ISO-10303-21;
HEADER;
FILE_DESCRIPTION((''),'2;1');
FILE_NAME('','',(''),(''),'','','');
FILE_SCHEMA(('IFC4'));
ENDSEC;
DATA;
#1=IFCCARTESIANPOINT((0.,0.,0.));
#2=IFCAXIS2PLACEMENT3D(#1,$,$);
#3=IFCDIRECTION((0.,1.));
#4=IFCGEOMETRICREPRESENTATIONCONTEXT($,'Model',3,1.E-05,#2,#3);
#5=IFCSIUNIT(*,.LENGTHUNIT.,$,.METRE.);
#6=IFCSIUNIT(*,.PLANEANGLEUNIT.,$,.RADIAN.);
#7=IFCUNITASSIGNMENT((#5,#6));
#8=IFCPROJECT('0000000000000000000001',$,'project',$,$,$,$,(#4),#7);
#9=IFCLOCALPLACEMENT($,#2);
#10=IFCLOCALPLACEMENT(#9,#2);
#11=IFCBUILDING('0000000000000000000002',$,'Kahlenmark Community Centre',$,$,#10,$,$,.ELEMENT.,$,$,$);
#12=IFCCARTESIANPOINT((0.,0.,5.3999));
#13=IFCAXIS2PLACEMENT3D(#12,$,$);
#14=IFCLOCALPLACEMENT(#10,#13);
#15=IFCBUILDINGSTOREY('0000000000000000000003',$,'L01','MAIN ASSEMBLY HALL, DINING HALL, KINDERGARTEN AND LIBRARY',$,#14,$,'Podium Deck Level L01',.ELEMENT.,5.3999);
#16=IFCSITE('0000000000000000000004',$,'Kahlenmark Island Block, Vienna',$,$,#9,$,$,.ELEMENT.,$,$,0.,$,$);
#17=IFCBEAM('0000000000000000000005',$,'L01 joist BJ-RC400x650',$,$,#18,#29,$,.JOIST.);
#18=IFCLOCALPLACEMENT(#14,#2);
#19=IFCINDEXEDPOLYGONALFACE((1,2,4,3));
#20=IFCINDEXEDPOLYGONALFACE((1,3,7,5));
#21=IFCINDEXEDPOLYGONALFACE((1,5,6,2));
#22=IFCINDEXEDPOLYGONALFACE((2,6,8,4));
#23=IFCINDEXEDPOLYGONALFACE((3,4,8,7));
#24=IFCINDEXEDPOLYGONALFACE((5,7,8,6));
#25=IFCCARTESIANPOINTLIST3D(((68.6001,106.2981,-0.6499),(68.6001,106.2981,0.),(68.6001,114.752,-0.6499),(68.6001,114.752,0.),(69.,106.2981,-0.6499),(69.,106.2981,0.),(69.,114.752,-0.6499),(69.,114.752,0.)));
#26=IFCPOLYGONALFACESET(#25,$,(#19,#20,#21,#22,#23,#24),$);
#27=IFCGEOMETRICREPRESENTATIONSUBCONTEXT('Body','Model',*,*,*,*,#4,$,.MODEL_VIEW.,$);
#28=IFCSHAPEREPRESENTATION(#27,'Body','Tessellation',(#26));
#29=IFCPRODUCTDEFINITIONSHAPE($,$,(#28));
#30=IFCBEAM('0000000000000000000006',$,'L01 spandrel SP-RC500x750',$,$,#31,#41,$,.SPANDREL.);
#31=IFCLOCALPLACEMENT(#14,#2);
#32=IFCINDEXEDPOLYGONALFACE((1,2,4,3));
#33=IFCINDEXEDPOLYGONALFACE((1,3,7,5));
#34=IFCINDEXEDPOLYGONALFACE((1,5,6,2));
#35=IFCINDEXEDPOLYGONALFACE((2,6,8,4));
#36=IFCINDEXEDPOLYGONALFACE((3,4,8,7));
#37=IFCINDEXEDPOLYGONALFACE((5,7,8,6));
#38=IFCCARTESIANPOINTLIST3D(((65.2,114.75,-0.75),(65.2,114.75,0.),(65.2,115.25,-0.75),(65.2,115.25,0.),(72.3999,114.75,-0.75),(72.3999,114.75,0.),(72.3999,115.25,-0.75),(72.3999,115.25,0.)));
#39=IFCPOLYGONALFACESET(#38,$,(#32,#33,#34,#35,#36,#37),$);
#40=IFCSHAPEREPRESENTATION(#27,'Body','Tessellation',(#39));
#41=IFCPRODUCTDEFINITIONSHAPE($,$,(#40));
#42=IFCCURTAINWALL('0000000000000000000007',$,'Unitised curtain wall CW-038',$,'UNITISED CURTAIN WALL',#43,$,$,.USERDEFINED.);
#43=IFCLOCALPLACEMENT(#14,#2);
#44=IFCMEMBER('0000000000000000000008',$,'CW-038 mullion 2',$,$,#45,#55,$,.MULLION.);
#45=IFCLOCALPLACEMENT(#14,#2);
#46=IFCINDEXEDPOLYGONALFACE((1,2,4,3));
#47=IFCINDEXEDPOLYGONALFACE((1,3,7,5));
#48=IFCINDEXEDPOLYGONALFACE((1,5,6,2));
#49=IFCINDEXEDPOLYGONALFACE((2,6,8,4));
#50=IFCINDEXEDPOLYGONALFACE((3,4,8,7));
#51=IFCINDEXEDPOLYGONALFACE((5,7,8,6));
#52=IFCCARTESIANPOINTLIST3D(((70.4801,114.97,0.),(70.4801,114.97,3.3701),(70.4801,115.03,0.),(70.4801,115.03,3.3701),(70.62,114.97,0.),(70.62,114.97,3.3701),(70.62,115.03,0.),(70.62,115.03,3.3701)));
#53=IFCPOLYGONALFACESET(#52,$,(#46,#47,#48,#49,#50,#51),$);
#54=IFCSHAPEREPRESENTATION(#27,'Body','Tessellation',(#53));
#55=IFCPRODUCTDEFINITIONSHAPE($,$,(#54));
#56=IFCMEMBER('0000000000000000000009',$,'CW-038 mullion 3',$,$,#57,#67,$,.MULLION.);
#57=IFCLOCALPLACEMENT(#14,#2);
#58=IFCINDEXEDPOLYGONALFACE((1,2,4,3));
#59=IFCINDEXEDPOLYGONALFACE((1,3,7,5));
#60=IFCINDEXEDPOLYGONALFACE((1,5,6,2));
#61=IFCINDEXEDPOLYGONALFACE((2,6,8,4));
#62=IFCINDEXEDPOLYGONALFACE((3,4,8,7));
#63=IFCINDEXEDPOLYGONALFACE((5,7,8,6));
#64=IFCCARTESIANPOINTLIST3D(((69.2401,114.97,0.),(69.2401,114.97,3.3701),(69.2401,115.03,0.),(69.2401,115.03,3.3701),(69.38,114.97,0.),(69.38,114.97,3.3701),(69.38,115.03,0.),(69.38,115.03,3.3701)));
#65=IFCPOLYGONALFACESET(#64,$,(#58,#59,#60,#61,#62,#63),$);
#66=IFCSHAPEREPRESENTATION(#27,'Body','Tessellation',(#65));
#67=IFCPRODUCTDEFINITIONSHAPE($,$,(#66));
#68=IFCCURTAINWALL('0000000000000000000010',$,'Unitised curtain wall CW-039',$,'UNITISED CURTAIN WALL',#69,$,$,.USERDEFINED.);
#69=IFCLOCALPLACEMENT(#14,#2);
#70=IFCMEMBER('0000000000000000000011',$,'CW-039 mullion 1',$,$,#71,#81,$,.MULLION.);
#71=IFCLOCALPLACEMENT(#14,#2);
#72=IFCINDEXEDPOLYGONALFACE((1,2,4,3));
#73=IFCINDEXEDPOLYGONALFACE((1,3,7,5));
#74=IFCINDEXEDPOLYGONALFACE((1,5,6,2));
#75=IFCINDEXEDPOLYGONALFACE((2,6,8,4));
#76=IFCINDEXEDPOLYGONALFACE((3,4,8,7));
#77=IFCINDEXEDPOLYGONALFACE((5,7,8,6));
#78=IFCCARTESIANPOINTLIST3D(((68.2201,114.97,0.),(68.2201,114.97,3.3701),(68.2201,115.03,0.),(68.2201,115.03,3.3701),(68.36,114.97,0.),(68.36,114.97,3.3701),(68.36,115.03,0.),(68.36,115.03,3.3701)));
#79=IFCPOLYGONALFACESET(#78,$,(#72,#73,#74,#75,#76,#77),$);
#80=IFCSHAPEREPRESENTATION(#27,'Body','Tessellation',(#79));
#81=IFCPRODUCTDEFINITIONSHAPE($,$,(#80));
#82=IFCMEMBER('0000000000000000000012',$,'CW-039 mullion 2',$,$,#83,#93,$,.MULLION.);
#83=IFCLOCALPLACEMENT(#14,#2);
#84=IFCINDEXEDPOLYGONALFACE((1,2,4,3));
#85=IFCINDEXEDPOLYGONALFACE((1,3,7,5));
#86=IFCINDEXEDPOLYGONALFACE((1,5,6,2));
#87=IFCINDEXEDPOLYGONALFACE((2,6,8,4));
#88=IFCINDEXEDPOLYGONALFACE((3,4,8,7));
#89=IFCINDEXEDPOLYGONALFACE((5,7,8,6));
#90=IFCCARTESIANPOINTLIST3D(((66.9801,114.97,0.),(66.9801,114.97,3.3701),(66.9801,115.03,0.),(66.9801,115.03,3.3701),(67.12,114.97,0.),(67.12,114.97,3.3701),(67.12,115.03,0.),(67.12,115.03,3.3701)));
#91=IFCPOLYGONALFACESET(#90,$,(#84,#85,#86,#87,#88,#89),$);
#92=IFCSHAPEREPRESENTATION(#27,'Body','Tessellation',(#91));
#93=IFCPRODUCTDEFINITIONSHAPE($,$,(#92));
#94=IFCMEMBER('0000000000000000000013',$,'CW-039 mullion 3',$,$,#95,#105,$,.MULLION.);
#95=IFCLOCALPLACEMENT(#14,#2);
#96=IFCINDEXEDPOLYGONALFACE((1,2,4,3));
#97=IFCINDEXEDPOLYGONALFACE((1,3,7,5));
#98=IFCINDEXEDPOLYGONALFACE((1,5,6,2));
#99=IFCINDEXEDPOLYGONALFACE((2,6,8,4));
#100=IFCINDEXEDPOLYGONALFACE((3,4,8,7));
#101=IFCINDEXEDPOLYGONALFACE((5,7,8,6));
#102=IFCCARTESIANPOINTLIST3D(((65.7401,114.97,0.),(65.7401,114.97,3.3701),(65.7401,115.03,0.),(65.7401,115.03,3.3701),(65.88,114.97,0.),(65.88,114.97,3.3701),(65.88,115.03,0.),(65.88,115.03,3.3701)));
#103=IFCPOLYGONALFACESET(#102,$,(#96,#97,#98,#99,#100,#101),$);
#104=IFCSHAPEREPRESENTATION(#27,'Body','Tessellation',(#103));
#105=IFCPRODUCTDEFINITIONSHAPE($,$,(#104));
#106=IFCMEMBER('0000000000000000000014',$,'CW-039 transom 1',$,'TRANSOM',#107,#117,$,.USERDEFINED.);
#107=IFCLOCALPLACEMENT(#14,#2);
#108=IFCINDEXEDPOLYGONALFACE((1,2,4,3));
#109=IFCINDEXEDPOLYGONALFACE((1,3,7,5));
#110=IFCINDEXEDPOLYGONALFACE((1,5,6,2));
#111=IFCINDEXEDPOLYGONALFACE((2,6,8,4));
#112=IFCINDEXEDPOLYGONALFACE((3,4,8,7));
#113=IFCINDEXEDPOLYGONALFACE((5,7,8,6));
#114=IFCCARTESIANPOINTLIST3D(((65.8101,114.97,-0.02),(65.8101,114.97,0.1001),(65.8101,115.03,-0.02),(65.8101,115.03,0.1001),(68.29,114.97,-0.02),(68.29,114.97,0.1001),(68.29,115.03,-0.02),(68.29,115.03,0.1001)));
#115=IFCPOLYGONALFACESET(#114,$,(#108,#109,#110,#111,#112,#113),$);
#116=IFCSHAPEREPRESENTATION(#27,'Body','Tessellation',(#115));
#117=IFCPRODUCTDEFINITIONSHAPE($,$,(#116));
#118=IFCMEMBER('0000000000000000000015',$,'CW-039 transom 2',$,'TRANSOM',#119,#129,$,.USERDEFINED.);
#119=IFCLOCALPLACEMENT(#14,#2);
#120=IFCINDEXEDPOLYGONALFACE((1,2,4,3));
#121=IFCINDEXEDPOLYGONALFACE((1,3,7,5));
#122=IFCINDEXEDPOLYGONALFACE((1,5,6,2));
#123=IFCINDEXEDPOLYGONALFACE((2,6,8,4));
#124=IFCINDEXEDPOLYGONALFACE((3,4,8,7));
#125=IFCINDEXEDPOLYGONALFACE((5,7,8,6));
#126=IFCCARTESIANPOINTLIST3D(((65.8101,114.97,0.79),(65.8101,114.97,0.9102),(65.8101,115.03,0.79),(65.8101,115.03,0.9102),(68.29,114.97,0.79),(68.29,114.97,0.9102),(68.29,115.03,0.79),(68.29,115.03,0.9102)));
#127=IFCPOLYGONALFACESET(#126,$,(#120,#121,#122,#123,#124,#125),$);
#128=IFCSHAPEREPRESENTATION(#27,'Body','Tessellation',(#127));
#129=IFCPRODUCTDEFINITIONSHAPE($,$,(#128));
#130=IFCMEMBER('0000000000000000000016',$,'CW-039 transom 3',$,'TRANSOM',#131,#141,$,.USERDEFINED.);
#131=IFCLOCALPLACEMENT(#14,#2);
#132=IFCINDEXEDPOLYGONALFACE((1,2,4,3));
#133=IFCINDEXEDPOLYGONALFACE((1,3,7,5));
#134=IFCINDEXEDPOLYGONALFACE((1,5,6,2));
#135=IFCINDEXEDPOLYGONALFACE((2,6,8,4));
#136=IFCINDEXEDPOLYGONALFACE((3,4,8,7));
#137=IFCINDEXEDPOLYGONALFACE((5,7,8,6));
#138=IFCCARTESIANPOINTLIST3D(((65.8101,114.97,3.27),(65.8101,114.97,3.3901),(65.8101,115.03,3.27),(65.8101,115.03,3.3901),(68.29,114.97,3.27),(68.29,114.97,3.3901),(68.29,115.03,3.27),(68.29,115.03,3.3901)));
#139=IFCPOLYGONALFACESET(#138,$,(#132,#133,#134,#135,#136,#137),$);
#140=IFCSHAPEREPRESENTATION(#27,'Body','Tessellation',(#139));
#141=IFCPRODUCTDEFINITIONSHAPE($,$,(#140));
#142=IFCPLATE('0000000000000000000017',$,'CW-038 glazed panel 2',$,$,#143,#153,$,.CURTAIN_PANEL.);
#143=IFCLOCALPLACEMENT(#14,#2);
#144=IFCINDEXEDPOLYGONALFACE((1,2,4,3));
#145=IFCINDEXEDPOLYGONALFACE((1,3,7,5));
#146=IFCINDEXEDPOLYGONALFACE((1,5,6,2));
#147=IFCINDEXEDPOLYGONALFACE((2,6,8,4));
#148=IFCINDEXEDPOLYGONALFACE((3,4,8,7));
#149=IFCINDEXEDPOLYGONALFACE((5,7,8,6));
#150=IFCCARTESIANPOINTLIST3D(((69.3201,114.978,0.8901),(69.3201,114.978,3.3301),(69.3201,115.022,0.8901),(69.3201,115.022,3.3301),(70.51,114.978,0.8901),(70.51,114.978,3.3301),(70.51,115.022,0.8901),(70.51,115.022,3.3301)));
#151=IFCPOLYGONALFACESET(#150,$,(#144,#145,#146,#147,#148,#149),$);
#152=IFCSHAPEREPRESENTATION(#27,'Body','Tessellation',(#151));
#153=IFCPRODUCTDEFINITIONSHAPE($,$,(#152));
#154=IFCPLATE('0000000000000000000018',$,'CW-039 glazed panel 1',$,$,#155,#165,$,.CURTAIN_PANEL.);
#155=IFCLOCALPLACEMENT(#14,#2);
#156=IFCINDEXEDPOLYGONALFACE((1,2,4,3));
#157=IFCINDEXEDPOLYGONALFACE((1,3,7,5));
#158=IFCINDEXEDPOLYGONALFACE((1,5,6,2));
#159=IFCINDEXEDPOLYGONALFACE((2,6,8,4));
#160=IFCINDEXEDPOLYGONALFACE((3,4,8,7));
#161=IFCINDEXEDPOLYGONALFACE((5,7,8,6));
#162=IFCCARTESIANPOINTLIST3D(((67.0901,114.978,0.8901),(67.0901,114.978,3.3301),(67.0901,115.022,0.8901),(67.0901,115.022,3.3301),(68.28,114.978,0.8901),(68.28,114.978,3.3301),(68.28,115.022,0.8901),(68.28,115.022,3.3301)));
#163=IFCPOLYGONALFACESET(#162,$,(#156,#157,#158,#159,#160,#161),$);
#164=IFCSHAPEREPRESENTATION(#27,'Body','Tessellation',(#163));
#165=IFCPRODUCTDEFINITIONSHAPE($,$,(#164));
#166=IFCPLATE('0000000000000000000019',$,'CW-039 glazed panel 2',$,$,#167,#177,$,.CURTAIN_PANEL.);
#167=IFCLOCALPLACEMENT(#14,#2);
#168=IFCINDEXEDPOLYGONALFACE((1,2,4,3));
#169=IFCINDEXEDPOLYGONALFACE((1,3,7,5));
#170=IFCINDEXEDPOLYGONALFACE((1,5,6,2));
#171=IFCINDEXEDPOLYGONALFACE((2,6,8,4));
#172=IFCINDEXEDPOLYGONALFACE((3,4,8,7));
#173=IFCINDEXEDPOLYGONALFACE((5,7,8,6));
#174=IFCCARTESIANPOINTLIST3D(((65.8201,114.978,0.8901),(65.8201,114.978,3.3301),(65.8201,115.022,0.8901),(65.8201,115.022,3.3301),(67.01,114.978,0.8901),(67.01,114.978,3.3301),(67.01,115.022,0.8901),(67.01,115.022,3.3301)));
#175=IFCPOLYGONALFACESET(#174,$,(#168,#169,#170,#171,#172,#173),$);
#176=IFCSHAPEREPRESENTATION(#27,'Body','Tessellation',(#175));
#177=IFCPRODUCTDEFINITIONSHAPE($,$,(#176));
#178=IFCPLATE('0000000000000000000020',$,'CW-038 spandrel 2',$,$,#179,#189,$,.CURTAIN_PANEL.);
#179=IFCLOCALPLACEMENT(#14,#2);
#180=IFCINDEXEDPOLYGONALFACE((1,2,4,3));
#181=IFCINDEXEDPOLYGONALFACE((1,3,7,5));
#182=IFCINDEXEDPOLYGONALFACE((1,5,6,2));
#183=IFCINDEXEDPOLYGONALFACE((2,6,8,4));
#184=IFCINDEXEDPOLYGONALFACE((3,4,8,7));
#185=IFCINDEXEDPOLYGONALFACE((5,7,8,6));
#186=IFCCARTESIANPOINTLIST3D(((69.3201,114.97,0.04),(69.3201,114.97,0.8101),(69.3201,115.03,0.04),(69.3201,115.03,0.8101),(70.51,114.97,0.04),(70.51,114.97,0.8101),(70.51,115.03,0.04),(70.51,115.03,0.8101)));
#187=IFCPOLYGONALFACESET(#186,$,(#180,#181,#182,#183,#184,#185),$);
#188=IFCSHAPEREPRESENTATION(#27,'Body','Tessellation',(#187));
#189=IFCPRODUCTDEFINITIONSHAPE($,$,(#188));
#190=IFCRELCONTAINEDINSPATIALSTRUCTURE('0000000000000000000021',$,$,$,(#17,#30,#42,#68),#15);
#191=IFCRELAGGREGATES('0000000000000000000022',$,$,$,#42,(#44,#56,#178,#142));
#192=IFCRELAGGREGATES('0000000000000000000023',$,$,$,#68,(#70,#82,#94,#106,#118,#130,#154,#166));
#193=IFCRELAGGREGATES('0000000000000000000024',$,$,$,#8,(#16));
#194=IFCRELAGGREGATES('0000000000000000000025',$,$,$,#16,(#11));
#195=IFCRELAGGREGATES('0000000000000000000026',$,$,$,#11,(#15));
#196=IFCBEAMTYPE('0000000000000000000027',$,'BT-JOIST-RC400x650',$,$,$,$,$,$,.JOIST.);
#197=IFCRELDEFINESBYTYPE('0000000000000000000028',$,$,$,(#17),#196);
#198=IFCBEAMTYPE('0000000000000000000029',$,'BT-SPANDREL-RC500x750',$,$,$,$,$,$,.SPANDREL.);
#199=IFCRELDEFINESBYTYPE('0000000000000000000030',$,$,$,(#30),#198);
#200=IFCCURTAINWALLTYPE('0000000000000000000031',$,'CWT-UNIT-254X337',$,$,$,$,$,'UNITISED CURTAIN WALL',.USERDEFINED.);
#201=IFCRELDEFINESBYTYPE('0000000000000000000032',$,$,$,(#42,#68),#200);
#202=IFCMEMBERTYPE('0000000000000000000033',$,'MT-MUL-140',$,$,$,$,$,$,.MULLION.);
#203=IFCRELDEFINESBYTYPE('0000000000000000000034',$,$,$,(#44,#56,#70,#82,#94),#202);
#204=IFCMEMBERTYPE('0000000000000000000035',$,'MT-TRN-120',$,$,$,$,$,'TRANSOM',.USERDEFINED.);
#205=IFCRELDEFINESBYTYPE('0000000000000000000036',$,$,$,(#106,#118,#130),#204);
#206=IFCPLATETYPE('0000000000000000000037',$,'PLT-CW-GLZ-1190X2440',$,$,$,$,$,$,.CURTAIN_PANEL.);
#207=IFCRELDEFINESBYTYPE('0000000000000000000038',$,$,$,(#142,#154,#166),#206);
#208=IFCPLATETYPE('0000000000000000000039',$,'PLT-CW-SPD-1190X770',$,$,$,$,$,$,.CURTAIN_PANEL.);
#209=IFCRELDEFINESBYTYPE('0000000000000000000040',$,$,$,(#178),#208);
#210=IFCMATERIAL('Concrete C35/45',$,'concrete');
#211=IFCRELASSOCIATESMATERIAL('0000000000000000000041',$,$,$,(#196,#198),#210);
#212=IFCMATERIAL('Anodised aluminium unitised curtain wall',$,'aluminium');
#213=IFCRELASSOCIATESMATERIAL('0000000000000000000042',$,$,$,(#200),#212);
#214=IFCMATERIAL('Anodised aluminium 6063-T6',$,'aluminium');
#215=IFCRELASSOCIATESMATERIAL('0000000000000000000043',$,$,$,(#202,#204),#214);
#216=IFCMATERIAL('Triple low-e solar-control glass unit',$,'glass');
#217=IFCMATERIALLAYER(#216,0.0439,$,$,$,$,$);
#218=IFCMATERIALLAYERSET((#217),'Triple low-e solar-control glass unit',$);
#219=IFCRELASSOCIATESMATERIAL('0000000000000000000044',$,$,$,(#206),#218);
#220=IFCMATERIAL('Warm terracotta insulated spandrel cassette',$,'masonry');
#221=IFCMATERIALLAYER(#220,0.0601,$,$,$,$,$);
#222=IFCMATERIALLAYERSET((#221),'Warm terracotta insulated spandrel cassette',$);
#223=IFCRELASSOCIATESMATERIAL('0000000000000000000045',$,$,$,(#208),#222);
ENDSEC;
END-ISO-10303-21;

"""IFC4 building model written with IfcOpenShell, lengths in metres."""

from ifc_helpers import new_model, si_unit, direction, frame, origin, origin_2d, place, context, subcontext, project, spatial, rectangle, extrude, material, layer, layer_set, material_profile, profile_set, type_object, element, aggregate, save


model = new_model("IFC4")

# Units and contexts
model_context = context("Model", 3, precision=1e-05, world=origin(), true_north=direction((0.0, 1.0)))
body_context = subcontext(model_context, "Body", "Model", "MODEL_VIEW")
ifc_project = project(units=[si_unit("LENGTHUNIT", "METRE"), si_unit("PLANEANGLEUNIT", "RADIAN")], contexts=[model_context])

# Site, building, storey
site_placement = place(None, origin())
site = spatial("IfcSite", under=ifc_project, at=site_placement, Name="Kahlenmark Island Block, Vienna", CompositionType="ELEMENT", RefElevation=0.0)
building_placement = place(site_placement, origin())
building = spatial("IfcBuilding", under=site, at=building_placement, Name="Kahlenmark Community Centre", CompositionType="ELEMENT")
storey_placement = place(building_placement, frame((0.0, 0.0, 5.3999)))
storey = spatial("IfcBuildingStorey", under=building, at=storey_placement, Name="L01", Description="MAIN ASSEMBLY HALL, DINING HALL, KINDERGARTEN AND LIBRARY", LongName="Podium Deck Level L01", CompositionType="ELEMENT", Elevation=5.3999)

# Beams
ifc_material_1 = material(Name="Concrete C35/45", Category="concrete")
ifc_material_profile_1 = material_profile(ifc_material_1, rectangle(XDim=0.3999, YDim=0.6499, at=origin_2d()), Name="RC 400x650")
ifc_profile_set_1 = profile_set([ifc_material_profile_1], Name="Concrete C35/45")
beam_type_1 = type_object("IfcBeamType", Name="BT-JOIST-RC400x650", PredefinedType="JOIST", material=ifc_profile_set_1)
beam_1_placement = place(storey_placement, frame((68.8, 106.2981, -0.325), z_axis=(0.0, 1.0, 0.0), x_axis=(-1.0, 0.0, 0.0)))
element("IfcBeam", 1, at=beam_1_placement, inside=storey, type_object=beam_type_1, Name="L01 joist BJ-RC400x650", PredefinedType="JOIST", context=body_context, shape_type="SweptSolid", body=[
    extrude(rectangle(XDim=0.3999, YDim=0.6499, at=origin_2d()), origin(), (0.0, 0.0, 1.0), 8.4539),
])
ifc_material_profile_2 = material_profile(ifc_material_1, rectangle(XDim=0.5, YDim=0.75, at=origin_2d()), Name="RC 500x750")
ifc_profile_set_2 = profile_set([ifc_material_profile_2], Name="Concrete C35/45")
beam_type_2 = type_object("IfcBeamType", Name="BT-SPANDREL-RC500x750", PredefinedType="SPANDREL", material=ifc_profile_set_2)
beam_2_placement = place(storey_placement, frame((65.2, 115.0, -0.375), z_axis=(1.0, 0.0, 0.0), x_axis=(0.0, 1.0, 0.0)))
element("IfcBeam", 2, at=beam_2_placement, inside=storey, type_object=beam_type_2, Name="L01 spandrel SP-RC500x750", PredefinedType="SPANDREL", context=body_context, shape_type="SweptSolid", body=[
    extrude(rectangle(XDim=0.5, YDim=0.75, at=origin_2d()), origin(), (0.0, 0.0, 1.0), 7.2),
])

# Curtain walls, members
ifc_material_2 = material(Name="Anodised aluminium unitised curtain wall", Category="aluminium")
curtain_wall_type = type_object("IfcCurtainWallType", Name="CWT-UNIT-254X337", ElementType="UNITISED CURTAIN WALL", PredefinedType="USERDEFINED", material=ifc_material_2)
curtain_wall_1_placement = place(storey_placement, origin())
curtain_wall_1 = element("IfcCurtainWall", 3, at=curtain_wall_1_placement, inside=storey, type_object=curtain_wall_type, Name="Unitised curtain wall CW-038", ObjectType="UNITISED CURTAIN WALL", PredefinedType="USERDEFINED")
ifc_material_3 = material(Name="Anodised aluminium 6063-T6", Category="aluminium")
ifc_material_profile_3 = material_profile(ifc_material_3, rectangle(XDim=0.0601, YDim=0.1399, at=origin_2d()), Name="ALU MULLION 60x140")
ifc_profile_set_3 = profile_set([ifc_material_profile_3], Name="Anodised aluminium 6063-T6")
member_type_1 = type_object("IfcMemberType", Name="MT-MUL-140", PredefinedType="MULLION", material=ifc_profile_set_3)
member_1_placement = place(storey_placement, frame((70.55, 115.0, 0.0), z_axis=(0.0, 0.0, 1.0), x_axis=(0.0, -1.0, 0.0)))
member_1 = element("IfcMember", 4, at=member_1_placement, type_object=member_type_1, Name="CW-038 mullion 2", PredefinedType="MULLION", context=body_context, shape_type="SweptSolid", body=[
    extrude(rectangle(XDim=0.0601, YDim=0.1399, at=origin_2d()), origin(), (0.0, 0.0, 1.0), 3.3701),
])
member_2_placement = place(storey_placement, frame((69.3101, 115.0, 0.0), z_axis=(0.0, 0.0, 1.0), x_axis=(0.0, -1.0, 0.0)))
member_2 = element("IfcMember", 5, at=member_2_placement, type_object=member_type_1, Name="CW-038 mullion 3", PredefinedType="MULLION", context=body_context, shape_type="SweptSolid", body=[
    extrude(rectangle(XDim=0.0601, YDim=0.1399, at=origin_2d()), origin(), (0.0, 0.0, 1.0), 3.3701),
])
curtain_wall_2_placement = place(storey_placement, origin())
curtain_wall_2 = element("IfcCurtainWall", 6, at=curtain_wall_2_placement, inside=storey, type_object=curtain_wall_type, Name="Unitised curtain wall CW-039", ObjectType="UNITISED CURTAIN WALL", PredefinedType="USERDEFINED")
member_3_placement = place(storey_placement, frame((68.29, 115.0, 0.0), z_axis=(0.0, 0.0, 1.0), x_axis=(0.0, -1.0, 0.0)))
member_3 = element("IfcMember", 7, at=member_3_placement, type_object=member_type_1, Name="CW-039 mullion 1", PredefinedType="MULLION", context=body_context, shape_type="SweptSolid", body=[
    extrude(rectangle(XDim=0.0601, YDim=0.1399, at=origin_2d()), origin(), (0.0, 0.0, 1.0), 3.3701),
])
member_4_placement = place(storey_placement, frame((67.05, 115.0, 0.0), z_axis=(0.0, 0.0, 1.0), x_axis=(0.0, -1.0, 0.0)))
member_4 = element("IfcMember", 8, at=member_4_placement, type_object=member_type_1, Name="CW-039 mullion 2", PredefinedType="MULLION", context=body_context, shape_type="SweptSolid", body=[
    extrude(rectangle(XDim=0.0601, YDim=0.1399, at=origin_2d()), origin(), (0.0, 0.0, 1.0), 3.3701),
])
member_5_placement = place(storey_placement, frame((65.8101, 115.0, 0.0), z_axis=(0.0, 0.0, 1.0), x_axis=(0.0, -1.0, 0.0)))
member_5 = element("IfcMember", 9, at=member_5_placement, type_object=member_type_1, Name="CW-039 mullion 3", PredefinedType="MULLION", context=body_context, shape_type="SweptSolid", body=[
    extrude(rectangle(XDim=0.0601, YDim=0.1399, at=origin_2d()), origin(), (0.0, 0.0, 1.0), 3.3701),
])
ifc_material_profile_4 = material_profile(ifc_material_3, rectangle(XDim=0.0601, YDim=0.1201, at=origin_2d()), Name="ALU TRANSOM 60x120")
ifc_profile_set_4 = profile_set([ifc_material_profile_4], Name="Anodised aluminium 6063-T6")
member_type_2 = type_object("IfcMemberType", Name="MT-TRN-120", ElementType="TRANSOM", PredefinedType="USERDEFINED", material=ifc_profile_set_4)
member_6_placement = place(storey_placement, frame((68.29, 115.0, 0.04), z_axis=(-1.0, 0.0, 0.0), x_axis=(0.0, -1.0, 0.0)))
member_6 = element("IfcMember", 10, at=member_6_placement, type_object=member_type_2, Name="CW-039 transom 1", ObjectType="TRANSOM", PredefinedType="USERDEFINED", context=body_context, shape_type="SweptSolid", body=[
    extrude(rectangle(XDim=0.0601, YDim=0.1201, at=origin_2d()), origin(), (0.0, 0.0, 1.0), 2.48),
])
member_7_placement = place(storey_placement, frame((68.29, 115.0, 0.8501), z_axis=(-1.0, 0.0, 0.0), x_axis=(0.0, -1.0, 0.0)))
member_7 = element("IfcMember", 11, at=member_7_placement, type_object=member_type_2, Name="CW-039 transom 2", ObjectType="TRANSOM", PredefinedType="USERDEFINED", context=body_context, shape_type="SweptSolid", body=[
    extrude(rectangle(XDim=0.0601, YDim=0.1201, at=origin_2d()), origin(), (0.0, 0.0, 1.0), 2.48),
])
member_8_placement = place(storey_placement, frame((68.29, 115.0, 3.3301), z_axis=(-1.0, 0.0, 0.0), x_axis=(0.0, -1.0, 0.0)))
member_8 = element("IfcMember", 12, at=member_8_placement, type_object=member_type_2, Name="CW-039 transom 3", ObjectType="TRANSOM", PredefinedType="USERDEFINED", context=body_context, shape_type="SweptSolid", body=[
    extrude(rectangle(XDim=0.0601, YDim=0.1201, at=origin_2d()), origin(), (0.0, 0.0, 1.0), 2.48),
])

# Plates
ifc_material_4 = material(Name="Triple low-e solar-control glass unit", Category="glass")
ifc_layer_1 = layer(ifc_material_4, 0.0439)
ifc_layer_set_1 = layer_set([ifc_layer_1], Name="Triple low-e solar-control glass unit")
plate_type_1 = type_object("IfcPlateType", Name="PLT-CW-GLZ-1190X2440", PredefinedType="CURTAIN_PANEL", material=ifc_layer_set_1)
plate_1_placement = place(storey_placement, frame((69.915, 115.0, 0.8901), z_axis=(0.0, 0.0, 1.0), x_axis=(-1.0, 0.0, 0.0)))
plate_1 = element("IfcPlate", 13, at=plate_1_placement, type_object=plate_type_1, Name="CW-038 glazed panel 2", PredefinedType="CURTAIN_PANEL", context=body_context, shape_type="SweptSolid", body=[
    extrude(rectangle(XDim=1.1899, YDim=0.0439, at=origin_2d()), origin(), (0.0, 0.0, 1.0), 2.4399),
])
plate_2_placement = place(storey_placement, frame((67.6851, 115.0, 0.8901), z_axis=(0.0, 0.0, 1.0), x_axis=(-1.0, 0.0, 0.0)))
plate_2 = element("IfcPlate", 14, at=plate_2_placement, type_object=plate_type_1, Name="CW-039 glazed panel 1", PredefinedType="CURTAIN_PANEL", context=body_context, shape_type="SweptSolid", body=[
    extrude(rectangle(XDim=1.1899, YDim=0.0439, at=origin_2d()), origin(), (0.0, 0.0, 1.0), 2.4399),
])
plate_3_placement = place(storey_placement, frame((66.415, 115.0, 0.8901), z_axis=(0.0, 0.0, 1.0), x_axis=(-1.0, 0.0, 0.0)))
plate_3 = element("IfcPlate", 15, at=plate_3_placement, type_object=plate_type_1, Name="CW-039 glazed panel 2", PredefinedType="CURTAIN_PANEL", context=body_context, shape_type="SweptSolid", body=[
    extrude(rectangle(XDim=1.1899, YDim=0.0439, at=origin_2d()), origin(), (0.0, 0.0, 1.0), 2.4399),
])
ifc_material_5 = material(Name="Warm terracotta insulated spandrel cassette", Category="masonry")
ifc_layer_2 = layer(ifc_material_5, 0.0601)
ifc_layer_set_2 = layer_set([ifc_layer_2], Name="Warm terracotta insulated spandrel cassette")
plate_type_2 = type_object("IfcPlateType", Name="PLT-CW-SPD-1190X770", PredefinedType="CURTAIN_PANEL", material=ifc_layer_set_2)
plate_4_placement = place(storey_placement, frame((69.915, 115.0, 0.04), z_axis=(0.0, 0.0, 1.0), x_axis=(-1.0, 0.0, 0.0)))
plate_4 = element("IfcPlate", 16, at=plate_4_placement, type_object=plate_type_2, Name="CW-038 spandrel 2", PredefinedType="CURTAIN_PANEL", context=body_context, shape_type="SweptSolid", body=[
    extrude(rectangle(XDim=1.1899, YDim=0.0601, at=origin_2d()), origin(), (0.0, 0.0, 1.0), 0.77),
])
aggregate(curtain_wall_1, [member_1, member_2, plate_4, plate_1])
aggregate(curtain_wall_2, [member_3, member_4, member_5, member_6, member_7, member_8, plate_2, plate_3])

save(model, "model.ifc")
